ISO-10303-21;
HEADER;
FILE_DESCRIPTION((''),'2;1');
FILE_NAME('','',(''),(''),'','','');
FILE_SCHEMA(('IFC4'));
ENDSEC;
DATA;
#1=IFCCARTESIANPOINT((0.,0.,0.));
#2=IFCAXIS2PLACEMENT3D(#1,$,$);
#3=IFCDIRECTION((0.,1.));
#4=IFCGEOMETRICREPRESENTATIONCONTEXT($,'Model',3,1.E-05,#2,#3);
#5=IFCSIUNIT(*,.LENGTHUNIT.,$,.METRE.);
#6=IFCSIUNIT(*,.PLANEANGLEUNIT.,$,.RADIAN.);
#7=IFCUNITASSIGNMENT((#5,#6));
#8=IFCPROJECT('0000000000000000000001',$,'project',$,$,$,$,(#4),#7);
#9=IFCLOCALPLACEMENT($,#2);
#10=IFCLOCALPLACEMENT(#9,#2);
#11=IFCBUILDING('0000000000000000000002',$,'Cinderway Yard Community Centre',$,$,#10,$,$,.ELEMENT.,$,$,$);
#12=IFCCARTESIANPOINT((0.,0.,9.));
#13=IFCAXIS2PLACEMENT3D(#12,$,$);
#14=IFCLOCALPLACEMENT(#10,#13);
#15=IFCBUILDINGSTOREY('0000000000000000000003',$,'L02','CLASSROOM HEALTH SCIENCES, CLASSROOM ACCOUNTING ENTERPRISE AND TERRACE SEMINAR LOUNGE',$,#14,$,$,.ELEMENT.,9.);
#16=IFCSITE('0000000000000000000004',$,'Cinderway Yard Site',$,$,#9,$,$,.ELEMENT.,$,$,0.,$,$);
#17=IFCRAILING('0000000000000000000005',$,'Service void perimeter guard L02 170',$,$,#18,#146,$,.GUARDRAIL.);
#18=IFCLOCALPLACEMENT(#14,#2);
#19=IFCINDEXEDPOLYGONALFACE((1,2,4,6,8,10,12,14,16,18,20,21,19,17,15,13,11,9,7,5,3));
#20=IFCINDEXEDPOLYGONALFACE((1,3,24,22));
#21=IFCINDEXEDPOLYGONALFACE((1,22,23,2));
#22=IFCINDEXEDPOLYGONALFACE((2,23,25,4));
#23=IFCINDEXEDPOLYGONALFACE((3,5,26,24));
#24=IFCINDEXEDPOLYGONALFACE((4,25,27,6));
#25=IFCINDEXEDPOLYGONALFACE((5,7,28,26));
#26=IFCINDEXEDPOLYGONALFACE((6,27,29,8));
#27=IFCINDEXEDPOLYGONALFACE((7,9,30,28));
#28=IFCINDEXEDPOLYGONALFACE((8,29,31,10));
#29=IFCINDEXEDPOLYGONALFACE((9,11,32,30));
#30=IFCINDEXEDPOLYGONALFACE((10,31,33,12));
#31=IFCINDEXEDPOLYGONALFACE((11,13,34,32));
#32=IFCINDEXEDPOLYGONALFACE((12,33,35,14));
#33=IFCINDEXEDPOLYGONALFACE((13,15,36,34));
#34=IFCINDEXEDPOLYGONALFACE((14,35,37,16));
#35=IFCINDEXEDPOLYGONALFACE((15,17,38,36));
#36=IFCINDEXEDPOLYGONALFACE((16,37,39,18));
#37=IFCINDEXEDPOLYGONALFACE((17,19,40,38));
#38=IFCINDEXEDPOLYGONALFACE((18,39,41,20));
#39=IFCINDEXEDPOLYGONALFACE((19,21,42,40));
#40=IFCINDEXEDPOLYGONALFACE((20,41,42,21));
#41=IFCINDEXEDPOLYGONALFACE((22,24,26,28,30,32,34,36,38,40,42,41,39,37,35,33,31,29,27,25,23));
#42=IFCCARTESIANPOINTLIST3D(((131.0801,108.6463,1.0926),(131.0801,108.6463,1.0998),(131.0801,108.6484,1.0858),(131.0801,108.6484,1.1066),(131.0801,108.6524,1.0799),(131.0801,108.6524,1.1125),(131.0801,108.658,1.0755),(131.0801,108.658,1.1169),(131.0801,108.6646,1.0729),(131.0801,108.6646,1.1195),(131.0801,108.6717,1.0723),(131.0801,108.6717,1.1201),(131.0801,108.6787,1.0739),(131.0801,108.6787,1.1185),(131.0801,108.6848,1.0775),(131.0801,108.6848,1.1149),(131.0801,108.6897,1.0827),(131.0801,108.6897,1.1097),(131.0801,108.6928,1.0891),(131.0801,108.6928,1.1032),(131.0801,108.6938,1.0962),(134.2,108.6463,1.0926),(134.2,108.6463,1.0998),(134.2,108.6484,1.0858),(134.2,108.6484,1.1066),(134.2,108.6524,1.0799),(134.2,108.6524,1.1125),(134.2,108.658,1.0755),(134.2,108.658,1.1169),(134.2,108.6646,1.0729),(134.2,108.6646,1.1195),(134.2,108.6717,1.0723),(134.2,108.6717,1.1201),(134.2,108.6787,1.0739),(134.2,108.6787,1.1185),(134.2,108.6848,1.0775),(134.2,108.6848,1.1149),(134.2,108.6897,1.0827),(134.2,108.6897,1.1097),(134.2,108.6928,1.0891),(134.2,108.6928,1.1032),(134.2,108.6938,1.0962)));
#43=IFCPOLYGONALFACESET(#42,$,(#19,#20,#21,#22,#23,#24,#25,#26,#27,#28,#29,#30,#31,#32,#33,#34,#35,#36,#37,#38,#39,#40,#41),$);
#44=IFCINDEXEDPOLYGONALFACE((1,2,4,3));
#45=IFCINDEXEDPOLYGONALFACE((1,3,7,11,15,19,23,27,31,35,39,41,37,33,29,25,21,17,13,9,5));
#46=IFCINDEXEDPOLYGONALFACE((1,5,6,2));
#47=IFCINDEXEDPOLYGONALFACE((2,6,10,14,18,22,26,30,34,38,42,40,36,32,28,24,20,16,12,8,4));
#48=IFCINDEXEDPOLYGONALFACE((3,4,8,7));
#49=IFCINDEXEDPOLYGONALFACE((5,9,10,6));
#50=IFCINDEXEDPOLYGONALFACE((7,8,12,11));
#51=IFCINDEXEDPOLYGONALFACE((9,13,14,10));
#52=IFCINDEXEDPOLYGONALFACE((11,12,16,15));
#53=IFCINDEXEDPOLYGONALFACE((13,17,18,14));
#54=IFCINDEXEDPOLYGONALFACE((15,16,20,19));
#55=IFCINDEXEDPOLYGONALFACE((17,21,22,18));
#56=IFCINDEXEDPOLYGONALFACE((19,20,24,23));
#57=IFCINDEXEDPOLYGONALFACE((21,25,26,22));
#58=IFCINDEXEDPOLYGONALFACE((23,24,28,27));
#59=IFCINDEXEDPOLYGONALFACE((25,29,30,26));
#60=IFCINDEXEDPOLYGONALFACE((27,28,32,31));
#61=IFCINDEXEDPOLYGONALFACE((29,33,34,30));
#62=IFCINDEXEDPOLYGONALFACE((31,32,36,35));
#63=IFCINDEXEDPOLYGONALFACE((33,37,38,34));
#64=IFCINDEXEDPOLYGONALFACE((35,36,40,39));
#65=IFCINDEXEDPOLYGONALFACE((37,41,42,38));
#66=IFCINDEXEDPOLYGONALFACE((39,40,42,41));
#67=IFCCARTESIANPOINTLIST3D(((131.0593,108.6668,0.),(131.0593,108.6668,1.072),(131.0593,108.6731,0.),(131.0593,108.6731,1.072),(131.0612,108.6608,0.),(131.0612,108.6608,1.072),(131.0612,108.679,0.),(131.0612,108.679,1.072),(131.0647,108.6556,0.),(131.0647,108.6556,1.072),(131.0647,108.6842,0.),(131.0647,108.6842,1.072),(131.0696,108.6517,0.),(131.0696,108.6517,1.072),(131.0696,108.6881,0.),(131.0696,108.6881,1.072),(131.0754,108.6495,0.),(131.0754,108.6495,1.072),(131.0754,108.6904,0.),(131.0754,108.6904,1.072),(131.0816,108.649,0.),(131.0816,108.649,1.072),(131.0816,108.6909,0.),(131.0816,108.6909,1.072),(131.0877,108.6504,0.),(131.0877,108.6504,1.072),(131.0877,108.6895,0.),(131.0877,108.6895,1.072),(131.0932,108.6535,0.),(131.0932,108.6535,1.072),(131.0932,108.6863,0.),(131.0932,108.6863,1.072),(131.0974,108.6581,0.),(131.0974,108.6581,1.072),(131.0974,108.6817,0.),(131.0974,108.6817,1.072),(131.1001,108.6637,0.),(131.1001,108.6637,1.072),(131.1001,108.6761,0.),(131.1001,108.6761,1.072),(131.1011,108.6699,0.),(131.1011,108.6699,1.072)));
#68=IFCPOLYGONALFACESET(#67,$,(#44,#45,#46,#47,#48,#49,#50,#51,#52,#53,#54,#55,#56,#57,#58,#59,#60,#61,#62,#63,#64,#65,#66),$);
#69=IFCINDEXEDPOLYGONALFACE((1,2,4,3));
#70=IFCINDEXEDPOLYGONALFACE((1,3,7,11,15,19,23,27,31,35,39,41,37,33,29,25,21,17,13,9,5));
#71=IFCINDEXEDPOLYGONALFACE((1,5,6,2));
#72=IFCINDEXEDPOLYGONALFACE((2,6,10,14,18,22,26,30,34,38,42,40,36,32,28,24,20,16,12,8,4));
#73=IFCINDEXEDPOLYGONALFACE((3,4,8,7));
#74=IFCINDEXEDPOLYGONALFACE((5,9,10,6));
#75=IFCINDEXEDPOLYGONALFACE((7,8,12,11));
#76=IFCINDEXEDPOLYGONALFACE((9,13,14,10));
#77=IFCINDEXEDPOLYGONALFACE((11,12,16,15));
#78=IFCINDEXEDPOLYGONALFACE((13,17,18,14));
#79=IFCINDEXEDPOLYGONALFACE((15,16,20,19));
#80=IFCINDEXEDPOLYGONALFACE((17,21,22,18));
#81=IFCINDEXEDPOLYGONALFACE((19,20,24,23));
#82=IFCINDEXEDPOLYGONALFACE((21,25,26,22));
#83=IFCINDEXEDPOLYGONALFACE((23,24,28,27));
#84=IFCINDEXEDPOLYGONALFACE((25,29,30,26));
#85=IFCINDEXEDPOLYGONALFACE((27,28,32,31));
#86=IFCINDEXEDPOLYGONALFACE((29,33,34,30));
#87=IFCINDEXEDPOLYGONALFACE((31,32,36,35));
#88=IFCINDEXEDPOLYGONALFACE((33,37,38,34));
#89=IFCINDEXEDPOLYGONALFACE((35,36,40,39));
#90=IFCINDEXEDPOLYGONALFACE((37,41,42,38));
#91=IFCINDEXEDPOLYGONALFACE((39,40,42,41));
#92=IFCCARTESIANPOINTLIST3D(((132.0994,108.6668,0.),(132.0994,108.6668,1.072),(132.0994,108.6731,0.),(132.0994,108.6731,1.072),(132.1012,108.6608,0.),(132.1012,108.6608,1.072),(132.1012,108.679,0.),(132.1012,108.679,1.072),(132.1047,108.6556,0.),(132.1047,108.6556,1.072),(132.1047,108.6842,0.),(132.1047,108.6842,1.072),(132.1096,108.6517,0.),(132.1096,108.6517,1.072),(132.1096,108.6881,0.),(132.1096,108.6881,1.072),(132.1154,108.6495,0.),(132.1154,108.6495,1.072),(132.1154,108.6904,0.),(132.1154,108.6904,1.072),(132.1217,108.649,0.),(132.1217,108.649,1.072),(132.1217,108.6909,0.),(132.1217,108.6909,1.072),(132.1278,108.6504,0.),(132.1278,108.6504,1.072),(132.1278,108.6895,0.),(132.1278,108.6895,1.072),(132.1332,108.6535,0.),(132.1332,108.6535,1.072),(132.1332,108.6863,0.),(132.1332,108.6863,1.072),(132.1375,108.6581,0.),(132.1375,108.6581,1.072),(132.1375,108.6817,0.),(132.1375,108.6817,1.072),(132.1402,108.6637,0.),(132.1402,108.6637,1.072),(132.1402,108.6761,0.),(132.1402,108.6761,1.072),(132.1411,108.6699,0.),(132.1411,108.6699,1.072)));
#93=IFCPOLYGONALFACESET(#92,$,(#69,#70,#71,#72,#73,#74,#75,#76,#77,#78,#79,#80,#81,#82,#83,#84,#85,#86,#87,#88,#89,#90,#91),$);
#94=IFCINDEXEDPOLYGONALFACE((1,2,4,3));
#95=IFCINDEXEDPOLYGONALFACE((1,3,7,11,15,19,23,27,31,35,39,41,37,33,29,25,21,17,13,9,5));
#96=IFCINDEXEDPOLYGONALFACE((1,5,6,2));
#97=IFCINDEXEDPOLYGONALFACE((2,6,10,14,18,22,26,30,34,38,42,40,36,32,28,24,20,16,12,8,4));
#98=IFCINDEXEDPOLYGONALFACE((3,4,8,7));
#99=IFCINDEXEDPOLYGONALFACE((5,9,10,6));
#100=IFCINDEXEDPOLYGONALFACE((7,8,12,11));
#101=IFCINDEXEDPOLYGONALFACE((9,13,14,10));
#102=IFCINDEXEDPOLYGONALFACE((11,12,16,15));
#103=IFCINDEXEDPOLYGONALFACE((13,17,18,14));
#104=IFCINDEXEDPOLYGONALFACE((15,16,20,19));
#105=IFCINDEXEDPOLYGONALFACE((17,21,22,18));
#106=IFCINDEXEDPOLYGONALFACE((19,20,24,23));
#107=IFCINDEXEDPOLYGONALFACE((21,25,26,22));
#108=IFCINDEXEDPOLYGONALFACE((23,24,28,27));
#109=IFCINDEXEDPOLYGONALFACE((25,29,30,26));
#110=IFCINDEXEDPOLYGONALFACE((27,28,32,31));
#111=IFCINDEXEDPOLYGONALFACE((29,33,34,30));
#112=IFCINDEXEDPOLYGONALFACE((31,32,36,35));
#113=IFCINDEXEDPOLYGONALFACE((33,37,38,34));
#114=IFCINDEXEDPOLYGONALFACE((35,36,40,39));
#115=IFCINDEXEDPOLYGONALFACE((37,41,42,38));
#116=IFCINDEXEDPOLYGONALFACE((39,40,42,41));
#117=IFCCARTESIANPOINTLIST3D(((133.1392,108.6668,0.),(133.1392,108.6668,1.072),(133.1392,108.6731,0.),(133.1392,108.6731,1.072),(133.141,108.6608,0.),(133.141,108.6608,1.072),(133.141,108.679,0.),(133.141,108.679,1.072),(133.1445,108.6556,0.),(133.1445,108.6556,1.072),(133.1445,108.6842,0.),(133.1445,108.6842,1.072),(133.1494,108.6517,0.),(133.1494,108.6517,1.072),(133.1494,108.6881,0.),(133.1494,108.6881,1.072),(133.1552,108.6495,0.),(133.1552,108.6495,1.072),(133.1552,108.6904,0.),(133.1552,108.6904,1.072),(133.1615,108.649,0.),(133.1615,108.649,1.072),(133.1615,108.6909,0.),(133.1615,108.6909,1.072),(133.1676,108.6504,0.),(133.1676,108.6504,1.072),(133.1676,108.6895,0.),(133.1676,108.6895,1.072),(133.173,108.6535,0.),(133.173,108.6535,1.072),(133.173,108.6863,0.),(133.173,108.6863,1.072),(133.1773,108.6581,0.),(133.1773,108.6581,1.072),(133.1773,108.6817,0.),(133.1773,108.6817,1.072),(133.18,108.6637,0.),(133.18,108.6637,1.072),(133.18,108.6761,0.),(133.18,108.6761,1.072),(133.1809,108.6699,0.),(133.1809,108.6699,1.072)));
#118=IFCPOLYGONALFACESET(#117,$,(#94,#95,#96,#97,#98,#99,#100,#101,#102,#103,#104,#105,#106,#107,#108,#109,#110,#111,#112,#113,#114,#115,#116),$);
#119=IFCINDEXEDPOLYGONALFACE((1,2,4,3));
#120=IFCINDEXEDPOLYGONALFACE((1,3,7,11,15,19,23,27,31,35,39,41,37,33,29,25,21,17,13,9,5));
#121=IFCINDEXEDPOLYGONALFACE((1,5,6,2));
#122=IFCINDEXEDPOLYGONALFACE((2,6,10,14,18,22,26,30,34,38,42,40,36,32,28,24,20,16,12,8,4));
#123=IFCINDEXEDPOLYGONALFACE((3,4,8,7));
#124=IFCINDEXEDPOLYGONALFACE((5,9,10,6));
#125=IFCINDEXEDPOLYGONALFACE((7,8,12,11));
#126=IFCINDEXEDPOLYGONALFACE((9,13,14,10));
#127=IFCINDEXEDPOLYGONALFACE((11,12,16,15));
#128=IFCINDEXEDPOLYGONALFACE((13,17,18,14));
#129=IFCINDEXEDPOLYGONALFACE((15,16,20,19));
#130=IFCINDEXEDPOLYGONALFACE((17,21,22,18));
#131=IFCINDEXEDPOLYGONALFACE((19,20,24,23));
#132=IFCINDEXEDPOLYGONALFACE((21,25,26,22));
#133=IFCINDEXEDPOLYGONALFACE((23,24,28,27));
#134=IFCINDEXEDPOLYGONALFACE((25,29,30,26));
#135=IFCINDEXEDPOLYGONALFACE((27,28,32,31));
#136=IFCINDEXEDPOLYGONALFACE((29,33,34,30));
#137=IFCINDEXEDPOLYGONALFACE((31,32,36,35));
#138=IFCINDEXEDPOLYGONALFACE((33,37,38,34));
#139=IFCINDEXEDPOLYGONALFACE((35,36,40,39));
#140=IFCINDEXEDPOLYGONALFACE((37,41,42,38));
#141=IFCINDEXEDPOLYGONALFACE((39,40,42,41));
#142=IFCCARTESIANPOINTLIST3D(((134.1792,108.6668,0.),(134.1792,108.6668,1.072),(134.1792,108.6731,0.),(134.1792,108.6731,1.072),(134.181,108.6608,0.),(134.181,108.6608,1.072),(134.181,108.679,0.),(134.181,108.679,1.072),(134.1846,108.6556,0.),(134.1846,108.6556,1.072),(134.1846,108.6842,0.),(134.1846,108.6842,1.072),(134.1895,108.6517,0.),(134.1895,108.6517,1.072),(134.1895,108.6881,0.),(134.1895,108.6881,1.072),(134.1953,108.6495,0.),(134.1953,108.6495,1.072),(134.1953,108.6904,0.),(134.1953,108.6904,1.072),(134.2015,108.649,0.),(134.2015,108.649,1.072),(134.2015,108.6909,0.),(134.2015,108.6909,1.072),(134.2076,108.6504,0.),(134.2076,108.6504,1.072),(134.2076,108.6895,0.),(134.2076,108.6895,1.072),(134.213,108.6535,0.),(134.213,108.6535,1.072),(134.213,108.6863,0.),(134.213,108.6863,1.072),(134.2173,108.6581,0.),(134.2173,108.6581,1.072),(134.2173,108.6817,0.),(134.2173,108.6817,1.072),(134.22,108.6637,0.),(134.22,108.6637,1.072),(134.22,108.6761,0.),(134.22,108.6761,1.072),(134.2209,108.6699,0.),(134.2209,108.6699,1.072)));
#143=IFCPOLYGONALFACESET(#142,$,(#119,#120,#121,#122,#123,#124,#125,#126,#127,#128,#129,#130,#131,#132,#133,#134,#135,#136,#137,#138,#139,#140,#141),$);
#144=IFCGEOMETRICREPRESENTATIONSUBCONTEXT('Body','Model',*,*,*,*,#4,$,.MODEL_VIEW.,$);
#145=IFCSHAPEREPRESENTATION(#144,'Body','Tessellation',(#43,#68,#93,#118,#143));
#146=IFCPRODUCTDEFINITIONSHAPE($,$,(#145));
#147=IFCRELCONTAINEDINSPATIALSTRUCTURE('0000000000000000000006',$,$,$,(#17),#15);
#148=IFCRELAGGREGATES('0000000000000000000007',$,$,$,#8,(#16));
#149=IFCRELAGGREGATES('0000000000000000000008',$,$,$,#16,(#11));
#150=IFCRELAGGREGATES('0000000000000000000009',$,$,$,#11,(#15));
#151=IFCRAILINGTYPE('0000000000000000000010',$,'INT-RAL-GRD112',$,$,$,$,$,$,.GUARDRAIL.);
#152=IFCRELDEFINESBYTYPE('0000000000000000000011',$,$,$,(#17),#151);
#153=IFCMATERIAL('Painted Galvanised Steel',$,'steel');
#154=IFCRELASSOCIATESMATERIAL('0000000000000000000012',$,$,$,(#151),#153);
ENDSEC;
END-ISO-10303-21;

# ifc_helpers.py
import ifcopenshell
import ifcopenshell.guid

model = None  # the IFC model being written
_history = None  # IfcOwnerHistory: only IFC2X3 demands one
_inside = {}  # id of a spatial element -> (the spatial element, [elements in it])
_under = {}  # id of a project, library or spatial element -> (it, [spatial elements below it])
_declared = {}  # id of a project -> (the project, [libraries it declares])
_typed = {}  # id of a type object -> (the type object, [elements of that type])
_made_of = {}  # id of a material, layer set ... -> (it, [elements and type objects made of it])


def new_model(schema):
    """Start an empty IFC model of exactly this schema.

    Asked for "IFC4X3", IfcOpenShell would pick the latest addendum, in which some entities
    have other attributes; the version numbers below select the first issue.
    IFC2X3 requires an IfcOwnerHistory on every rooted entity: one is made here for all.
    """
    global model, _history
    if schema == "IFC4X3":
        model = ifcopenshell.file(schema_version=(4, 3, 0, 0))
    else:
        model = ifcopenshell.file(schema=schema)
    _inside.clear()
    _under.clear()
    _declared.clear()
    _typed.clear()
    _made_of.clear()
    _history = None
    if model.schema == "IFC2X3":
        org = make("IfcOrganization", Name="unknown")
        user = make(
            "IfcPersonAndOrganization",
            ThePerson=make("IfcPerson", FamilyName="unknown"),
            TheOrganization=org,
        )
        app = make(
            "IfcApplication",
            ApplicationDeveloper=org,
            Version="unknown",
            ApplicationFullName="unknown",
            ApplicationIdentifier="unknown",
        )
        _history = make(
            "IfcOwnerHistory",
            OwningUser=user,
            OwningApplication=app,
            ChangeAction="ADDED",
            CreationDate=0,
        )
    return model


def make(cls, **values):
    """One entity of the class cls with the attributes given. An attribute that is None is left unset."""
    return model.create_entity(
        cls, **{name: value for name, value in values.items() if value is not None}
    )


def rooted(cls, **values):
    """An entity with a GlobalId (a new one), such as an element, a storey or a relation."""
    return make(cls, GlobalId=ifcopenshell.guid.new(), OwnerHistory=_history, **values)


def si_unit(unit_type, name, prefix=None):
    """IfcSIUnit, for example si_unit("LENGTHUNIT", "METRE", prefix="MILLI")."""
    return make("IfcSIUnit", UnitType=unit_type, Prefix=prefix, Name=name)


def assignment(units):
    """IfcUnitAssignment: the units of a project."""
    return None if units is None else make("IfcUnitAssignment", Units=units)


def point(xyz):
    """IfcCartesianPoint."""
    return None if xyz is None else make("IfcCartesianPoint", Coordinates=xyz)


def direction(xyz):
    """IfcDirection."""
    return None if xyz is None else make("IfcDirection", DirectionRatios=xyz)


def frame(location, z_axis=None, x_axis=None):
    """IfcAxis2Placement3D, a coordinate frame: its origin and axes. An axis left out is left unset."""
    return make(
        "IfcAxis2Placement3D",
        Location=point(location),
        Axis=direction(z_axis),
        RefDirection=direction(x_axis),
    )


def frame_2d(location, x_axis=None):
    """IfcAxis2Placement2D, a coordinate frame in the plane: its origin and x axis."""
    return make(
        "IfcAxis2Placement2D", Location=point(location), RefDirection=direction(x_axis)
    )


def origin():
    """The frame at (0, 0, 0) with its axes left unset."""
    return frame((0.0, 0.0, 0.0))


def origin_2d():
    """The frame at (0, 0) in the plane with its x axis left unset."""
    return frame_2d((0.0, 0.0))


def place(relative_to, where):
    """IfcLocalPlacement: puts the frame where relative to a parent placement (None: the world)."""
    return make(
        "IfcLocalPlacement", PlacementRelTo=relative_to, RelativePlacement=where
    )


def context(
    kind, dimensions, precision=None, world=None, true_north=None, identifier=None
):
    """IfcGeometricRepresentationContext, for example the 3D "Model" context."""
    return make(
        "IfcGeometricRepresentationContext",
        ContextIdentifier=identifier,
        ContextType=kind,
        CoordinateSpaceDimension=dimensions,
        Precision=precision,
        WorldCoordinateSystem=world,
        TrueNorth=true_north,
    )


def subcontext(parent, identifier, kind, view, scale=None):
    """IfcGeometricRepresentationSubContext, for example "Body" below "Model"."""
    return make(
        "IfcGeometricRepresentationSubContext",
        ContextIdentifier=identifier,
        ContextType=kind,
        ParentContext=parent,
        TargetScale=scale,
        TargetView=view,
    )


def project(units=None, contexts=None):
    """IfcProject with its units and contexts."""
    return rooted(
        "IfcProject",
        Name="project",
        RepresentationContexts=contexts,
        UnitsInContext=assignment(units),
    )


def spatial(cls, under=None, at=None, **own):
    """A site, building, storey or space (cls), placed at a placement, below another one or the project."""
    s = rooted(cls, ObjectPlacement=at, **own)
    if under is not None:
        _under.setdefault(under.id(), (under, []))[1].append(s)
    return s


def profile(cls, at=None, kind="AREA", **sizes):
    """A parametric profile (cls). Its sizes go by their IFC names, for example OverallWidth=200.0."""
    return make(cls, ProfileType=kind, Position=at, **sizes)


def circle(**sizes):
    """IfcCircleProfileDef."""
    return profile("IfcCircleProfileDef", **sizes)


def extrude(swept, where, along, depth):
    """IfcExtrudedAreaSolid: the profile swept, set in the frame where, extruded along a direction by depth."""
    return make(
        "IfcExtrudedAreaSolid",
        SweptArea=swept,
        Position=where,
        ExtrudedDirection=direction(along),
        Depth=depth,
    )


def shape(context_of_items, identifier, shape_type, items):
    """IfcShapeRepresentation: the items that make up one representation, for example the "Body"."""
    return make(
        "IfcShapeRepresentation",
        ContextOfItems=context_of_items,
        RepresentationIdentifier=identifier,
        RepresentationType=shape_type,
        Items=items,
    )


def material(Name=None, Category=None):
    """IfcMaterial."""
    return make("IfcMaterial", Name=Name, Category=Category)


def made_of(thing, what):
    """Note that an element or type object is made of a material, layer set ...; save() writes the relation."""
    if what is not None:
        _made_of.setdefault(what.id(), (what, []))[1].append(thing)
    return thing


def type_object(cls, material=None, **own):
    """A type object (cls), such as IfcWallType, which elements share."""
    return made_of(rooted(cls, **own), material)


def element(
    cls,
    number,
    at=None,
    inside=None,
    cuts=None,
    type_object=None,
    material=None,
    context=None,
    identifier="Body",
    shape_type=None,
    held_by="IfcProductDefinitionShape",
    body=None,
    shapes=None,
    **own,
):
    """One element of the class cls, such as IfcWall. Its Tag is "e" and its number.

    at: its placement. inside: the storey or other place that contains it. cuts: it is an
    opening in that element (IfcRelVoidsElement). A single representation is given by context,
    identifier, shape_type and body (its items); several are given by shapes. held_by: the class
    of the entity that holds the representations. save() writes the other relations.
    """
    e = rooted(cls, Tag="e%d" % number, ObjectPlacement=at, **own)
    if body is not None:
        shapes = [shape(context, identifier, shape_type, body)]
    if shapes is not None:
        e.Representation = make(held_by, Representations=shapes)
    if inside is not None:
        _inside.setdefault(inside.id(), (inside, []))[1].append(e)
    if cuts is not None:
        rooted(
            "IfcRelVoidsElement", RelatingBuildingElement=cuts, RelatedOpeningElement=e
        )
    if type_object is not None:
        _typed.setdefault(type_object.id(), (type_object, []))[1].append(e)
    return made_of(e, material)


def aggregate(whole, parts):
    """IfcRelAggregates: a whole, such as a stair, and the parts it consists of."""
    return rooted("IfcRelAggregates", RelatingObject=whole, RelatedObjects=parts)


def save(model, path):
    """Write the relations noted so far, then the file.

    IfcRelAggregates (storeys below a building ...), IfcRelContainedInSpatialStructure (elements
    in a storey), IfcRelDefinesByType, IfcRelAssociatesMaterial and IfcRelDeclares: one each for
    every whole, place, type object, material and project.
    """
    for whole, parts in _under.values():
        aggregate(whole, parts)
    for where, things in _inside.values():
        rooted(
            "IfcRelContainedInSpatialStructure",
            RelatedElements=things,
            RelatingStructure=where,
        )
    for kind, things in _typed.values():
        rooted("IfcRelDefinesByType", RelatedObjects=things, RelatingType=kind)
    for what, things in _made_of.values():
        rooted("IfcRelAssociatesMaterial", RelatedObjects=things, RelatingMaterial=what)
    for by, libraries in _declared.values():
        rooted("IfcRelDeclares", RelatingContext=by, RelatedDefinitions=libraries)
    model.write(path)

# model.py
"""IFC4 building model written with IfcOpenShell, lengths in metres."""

from ifc_helpers import new_model, si_unit, direction, frame, origin, origin_2d, place, context, subcontext, project, spatial, circle, extrude, material, type_object, element, save


model = new_model("IFC4")

# Units and contexts
model_context = context("Model", 3, precision=1e-05, world=origin(), true_north=direction((0.0, 1.0)))
body_context = subcontext(model_context, "Body", "Model", "MODEL_VIEW")
ifc_project = project(units=[si_unit("LENGTHUNIT", "METRE"), si_unit("PLANEANGLEUNIT", "RADIAN")], contexts=[model_context])

# Site, building, storey
site_placement = place(None, origin())
site = spatial("IfcSite", under=ifc_project, at=site_placement, Name="Cinderway Yard Site", CompositionType="ELEMENT", RefElevation=0.0)
building_placement = place(site_placement, origin())
building = spatial("IfcBuilding", under=site, at=building_placement, Name="Cinderway Yard Community Centre", CompositionType="ELEMENT")
storey_placement = place(building_placement, frame((0.0, 0.0, 9.0)))
storey = spatial("IfcBuildingStorey", under=building, at=storey_placement, Name="L02", Description="CLASSROOM HEALTH SCIENCES, CLASSROOM ACCOUNTING ENTERPRISE AND TERRACE SEMINAR LOUNGE", CompositionType="ELEMENT", Elevation=9.0)

# Shared definitions
ifc_material_1 = material(Name="Painted Galvanised Steel", Category="steel")

# Railing
railing_type_1 = type_object("IfcRailingType", Name="INT-RAL-GRD112", PredefinedType="GUARDRAIL", material=ifc_material_1)
railing_1_placement = place(storey_placement, frame((131.0801, 108.6699, 0.0)))
element("IfcRailing", 1, at=railing_1_placement, inside=storey, type_object=railing_type_1, Name="Service void perimeter guard L02 170", PredefinedType="GUARDRAIL", context=body_context, shape_type="SweptSolid", body=[
    extrude(circle(Radius=0.0239, at=origin_2d()), frame((0.0, 0.0, 1.0962), z_axis=(1.0, 0.0, 0.0), x_axis=(0.0, 1.0, 0.0)), (0.0, 0.0, 1.0), 3.1199),
    extrude(circle(Radius=0.021, at=origin_2d()), origin(), (0.0, 0.0, 1.0), 1.072),
    extrude(circle(Radius=0.021, at=origin_2d()), frame((1.04, 0.0, 0.0)), (0.0, 0.0, 1.0), 1.072),
    extrude(circle(Radius=0.021, at=origin_2d()), frame((2.0798, 0.0, 0.0)), (0.0, 0.0, 1.0), 1.072),
    extrude(circle(Radius=0.021, at=origin_2d()), frame((3.1199, 0.0, 0.0)), (0.0, 0.0, 1.0), 1.072),
])

save(model, "model.ifc")
